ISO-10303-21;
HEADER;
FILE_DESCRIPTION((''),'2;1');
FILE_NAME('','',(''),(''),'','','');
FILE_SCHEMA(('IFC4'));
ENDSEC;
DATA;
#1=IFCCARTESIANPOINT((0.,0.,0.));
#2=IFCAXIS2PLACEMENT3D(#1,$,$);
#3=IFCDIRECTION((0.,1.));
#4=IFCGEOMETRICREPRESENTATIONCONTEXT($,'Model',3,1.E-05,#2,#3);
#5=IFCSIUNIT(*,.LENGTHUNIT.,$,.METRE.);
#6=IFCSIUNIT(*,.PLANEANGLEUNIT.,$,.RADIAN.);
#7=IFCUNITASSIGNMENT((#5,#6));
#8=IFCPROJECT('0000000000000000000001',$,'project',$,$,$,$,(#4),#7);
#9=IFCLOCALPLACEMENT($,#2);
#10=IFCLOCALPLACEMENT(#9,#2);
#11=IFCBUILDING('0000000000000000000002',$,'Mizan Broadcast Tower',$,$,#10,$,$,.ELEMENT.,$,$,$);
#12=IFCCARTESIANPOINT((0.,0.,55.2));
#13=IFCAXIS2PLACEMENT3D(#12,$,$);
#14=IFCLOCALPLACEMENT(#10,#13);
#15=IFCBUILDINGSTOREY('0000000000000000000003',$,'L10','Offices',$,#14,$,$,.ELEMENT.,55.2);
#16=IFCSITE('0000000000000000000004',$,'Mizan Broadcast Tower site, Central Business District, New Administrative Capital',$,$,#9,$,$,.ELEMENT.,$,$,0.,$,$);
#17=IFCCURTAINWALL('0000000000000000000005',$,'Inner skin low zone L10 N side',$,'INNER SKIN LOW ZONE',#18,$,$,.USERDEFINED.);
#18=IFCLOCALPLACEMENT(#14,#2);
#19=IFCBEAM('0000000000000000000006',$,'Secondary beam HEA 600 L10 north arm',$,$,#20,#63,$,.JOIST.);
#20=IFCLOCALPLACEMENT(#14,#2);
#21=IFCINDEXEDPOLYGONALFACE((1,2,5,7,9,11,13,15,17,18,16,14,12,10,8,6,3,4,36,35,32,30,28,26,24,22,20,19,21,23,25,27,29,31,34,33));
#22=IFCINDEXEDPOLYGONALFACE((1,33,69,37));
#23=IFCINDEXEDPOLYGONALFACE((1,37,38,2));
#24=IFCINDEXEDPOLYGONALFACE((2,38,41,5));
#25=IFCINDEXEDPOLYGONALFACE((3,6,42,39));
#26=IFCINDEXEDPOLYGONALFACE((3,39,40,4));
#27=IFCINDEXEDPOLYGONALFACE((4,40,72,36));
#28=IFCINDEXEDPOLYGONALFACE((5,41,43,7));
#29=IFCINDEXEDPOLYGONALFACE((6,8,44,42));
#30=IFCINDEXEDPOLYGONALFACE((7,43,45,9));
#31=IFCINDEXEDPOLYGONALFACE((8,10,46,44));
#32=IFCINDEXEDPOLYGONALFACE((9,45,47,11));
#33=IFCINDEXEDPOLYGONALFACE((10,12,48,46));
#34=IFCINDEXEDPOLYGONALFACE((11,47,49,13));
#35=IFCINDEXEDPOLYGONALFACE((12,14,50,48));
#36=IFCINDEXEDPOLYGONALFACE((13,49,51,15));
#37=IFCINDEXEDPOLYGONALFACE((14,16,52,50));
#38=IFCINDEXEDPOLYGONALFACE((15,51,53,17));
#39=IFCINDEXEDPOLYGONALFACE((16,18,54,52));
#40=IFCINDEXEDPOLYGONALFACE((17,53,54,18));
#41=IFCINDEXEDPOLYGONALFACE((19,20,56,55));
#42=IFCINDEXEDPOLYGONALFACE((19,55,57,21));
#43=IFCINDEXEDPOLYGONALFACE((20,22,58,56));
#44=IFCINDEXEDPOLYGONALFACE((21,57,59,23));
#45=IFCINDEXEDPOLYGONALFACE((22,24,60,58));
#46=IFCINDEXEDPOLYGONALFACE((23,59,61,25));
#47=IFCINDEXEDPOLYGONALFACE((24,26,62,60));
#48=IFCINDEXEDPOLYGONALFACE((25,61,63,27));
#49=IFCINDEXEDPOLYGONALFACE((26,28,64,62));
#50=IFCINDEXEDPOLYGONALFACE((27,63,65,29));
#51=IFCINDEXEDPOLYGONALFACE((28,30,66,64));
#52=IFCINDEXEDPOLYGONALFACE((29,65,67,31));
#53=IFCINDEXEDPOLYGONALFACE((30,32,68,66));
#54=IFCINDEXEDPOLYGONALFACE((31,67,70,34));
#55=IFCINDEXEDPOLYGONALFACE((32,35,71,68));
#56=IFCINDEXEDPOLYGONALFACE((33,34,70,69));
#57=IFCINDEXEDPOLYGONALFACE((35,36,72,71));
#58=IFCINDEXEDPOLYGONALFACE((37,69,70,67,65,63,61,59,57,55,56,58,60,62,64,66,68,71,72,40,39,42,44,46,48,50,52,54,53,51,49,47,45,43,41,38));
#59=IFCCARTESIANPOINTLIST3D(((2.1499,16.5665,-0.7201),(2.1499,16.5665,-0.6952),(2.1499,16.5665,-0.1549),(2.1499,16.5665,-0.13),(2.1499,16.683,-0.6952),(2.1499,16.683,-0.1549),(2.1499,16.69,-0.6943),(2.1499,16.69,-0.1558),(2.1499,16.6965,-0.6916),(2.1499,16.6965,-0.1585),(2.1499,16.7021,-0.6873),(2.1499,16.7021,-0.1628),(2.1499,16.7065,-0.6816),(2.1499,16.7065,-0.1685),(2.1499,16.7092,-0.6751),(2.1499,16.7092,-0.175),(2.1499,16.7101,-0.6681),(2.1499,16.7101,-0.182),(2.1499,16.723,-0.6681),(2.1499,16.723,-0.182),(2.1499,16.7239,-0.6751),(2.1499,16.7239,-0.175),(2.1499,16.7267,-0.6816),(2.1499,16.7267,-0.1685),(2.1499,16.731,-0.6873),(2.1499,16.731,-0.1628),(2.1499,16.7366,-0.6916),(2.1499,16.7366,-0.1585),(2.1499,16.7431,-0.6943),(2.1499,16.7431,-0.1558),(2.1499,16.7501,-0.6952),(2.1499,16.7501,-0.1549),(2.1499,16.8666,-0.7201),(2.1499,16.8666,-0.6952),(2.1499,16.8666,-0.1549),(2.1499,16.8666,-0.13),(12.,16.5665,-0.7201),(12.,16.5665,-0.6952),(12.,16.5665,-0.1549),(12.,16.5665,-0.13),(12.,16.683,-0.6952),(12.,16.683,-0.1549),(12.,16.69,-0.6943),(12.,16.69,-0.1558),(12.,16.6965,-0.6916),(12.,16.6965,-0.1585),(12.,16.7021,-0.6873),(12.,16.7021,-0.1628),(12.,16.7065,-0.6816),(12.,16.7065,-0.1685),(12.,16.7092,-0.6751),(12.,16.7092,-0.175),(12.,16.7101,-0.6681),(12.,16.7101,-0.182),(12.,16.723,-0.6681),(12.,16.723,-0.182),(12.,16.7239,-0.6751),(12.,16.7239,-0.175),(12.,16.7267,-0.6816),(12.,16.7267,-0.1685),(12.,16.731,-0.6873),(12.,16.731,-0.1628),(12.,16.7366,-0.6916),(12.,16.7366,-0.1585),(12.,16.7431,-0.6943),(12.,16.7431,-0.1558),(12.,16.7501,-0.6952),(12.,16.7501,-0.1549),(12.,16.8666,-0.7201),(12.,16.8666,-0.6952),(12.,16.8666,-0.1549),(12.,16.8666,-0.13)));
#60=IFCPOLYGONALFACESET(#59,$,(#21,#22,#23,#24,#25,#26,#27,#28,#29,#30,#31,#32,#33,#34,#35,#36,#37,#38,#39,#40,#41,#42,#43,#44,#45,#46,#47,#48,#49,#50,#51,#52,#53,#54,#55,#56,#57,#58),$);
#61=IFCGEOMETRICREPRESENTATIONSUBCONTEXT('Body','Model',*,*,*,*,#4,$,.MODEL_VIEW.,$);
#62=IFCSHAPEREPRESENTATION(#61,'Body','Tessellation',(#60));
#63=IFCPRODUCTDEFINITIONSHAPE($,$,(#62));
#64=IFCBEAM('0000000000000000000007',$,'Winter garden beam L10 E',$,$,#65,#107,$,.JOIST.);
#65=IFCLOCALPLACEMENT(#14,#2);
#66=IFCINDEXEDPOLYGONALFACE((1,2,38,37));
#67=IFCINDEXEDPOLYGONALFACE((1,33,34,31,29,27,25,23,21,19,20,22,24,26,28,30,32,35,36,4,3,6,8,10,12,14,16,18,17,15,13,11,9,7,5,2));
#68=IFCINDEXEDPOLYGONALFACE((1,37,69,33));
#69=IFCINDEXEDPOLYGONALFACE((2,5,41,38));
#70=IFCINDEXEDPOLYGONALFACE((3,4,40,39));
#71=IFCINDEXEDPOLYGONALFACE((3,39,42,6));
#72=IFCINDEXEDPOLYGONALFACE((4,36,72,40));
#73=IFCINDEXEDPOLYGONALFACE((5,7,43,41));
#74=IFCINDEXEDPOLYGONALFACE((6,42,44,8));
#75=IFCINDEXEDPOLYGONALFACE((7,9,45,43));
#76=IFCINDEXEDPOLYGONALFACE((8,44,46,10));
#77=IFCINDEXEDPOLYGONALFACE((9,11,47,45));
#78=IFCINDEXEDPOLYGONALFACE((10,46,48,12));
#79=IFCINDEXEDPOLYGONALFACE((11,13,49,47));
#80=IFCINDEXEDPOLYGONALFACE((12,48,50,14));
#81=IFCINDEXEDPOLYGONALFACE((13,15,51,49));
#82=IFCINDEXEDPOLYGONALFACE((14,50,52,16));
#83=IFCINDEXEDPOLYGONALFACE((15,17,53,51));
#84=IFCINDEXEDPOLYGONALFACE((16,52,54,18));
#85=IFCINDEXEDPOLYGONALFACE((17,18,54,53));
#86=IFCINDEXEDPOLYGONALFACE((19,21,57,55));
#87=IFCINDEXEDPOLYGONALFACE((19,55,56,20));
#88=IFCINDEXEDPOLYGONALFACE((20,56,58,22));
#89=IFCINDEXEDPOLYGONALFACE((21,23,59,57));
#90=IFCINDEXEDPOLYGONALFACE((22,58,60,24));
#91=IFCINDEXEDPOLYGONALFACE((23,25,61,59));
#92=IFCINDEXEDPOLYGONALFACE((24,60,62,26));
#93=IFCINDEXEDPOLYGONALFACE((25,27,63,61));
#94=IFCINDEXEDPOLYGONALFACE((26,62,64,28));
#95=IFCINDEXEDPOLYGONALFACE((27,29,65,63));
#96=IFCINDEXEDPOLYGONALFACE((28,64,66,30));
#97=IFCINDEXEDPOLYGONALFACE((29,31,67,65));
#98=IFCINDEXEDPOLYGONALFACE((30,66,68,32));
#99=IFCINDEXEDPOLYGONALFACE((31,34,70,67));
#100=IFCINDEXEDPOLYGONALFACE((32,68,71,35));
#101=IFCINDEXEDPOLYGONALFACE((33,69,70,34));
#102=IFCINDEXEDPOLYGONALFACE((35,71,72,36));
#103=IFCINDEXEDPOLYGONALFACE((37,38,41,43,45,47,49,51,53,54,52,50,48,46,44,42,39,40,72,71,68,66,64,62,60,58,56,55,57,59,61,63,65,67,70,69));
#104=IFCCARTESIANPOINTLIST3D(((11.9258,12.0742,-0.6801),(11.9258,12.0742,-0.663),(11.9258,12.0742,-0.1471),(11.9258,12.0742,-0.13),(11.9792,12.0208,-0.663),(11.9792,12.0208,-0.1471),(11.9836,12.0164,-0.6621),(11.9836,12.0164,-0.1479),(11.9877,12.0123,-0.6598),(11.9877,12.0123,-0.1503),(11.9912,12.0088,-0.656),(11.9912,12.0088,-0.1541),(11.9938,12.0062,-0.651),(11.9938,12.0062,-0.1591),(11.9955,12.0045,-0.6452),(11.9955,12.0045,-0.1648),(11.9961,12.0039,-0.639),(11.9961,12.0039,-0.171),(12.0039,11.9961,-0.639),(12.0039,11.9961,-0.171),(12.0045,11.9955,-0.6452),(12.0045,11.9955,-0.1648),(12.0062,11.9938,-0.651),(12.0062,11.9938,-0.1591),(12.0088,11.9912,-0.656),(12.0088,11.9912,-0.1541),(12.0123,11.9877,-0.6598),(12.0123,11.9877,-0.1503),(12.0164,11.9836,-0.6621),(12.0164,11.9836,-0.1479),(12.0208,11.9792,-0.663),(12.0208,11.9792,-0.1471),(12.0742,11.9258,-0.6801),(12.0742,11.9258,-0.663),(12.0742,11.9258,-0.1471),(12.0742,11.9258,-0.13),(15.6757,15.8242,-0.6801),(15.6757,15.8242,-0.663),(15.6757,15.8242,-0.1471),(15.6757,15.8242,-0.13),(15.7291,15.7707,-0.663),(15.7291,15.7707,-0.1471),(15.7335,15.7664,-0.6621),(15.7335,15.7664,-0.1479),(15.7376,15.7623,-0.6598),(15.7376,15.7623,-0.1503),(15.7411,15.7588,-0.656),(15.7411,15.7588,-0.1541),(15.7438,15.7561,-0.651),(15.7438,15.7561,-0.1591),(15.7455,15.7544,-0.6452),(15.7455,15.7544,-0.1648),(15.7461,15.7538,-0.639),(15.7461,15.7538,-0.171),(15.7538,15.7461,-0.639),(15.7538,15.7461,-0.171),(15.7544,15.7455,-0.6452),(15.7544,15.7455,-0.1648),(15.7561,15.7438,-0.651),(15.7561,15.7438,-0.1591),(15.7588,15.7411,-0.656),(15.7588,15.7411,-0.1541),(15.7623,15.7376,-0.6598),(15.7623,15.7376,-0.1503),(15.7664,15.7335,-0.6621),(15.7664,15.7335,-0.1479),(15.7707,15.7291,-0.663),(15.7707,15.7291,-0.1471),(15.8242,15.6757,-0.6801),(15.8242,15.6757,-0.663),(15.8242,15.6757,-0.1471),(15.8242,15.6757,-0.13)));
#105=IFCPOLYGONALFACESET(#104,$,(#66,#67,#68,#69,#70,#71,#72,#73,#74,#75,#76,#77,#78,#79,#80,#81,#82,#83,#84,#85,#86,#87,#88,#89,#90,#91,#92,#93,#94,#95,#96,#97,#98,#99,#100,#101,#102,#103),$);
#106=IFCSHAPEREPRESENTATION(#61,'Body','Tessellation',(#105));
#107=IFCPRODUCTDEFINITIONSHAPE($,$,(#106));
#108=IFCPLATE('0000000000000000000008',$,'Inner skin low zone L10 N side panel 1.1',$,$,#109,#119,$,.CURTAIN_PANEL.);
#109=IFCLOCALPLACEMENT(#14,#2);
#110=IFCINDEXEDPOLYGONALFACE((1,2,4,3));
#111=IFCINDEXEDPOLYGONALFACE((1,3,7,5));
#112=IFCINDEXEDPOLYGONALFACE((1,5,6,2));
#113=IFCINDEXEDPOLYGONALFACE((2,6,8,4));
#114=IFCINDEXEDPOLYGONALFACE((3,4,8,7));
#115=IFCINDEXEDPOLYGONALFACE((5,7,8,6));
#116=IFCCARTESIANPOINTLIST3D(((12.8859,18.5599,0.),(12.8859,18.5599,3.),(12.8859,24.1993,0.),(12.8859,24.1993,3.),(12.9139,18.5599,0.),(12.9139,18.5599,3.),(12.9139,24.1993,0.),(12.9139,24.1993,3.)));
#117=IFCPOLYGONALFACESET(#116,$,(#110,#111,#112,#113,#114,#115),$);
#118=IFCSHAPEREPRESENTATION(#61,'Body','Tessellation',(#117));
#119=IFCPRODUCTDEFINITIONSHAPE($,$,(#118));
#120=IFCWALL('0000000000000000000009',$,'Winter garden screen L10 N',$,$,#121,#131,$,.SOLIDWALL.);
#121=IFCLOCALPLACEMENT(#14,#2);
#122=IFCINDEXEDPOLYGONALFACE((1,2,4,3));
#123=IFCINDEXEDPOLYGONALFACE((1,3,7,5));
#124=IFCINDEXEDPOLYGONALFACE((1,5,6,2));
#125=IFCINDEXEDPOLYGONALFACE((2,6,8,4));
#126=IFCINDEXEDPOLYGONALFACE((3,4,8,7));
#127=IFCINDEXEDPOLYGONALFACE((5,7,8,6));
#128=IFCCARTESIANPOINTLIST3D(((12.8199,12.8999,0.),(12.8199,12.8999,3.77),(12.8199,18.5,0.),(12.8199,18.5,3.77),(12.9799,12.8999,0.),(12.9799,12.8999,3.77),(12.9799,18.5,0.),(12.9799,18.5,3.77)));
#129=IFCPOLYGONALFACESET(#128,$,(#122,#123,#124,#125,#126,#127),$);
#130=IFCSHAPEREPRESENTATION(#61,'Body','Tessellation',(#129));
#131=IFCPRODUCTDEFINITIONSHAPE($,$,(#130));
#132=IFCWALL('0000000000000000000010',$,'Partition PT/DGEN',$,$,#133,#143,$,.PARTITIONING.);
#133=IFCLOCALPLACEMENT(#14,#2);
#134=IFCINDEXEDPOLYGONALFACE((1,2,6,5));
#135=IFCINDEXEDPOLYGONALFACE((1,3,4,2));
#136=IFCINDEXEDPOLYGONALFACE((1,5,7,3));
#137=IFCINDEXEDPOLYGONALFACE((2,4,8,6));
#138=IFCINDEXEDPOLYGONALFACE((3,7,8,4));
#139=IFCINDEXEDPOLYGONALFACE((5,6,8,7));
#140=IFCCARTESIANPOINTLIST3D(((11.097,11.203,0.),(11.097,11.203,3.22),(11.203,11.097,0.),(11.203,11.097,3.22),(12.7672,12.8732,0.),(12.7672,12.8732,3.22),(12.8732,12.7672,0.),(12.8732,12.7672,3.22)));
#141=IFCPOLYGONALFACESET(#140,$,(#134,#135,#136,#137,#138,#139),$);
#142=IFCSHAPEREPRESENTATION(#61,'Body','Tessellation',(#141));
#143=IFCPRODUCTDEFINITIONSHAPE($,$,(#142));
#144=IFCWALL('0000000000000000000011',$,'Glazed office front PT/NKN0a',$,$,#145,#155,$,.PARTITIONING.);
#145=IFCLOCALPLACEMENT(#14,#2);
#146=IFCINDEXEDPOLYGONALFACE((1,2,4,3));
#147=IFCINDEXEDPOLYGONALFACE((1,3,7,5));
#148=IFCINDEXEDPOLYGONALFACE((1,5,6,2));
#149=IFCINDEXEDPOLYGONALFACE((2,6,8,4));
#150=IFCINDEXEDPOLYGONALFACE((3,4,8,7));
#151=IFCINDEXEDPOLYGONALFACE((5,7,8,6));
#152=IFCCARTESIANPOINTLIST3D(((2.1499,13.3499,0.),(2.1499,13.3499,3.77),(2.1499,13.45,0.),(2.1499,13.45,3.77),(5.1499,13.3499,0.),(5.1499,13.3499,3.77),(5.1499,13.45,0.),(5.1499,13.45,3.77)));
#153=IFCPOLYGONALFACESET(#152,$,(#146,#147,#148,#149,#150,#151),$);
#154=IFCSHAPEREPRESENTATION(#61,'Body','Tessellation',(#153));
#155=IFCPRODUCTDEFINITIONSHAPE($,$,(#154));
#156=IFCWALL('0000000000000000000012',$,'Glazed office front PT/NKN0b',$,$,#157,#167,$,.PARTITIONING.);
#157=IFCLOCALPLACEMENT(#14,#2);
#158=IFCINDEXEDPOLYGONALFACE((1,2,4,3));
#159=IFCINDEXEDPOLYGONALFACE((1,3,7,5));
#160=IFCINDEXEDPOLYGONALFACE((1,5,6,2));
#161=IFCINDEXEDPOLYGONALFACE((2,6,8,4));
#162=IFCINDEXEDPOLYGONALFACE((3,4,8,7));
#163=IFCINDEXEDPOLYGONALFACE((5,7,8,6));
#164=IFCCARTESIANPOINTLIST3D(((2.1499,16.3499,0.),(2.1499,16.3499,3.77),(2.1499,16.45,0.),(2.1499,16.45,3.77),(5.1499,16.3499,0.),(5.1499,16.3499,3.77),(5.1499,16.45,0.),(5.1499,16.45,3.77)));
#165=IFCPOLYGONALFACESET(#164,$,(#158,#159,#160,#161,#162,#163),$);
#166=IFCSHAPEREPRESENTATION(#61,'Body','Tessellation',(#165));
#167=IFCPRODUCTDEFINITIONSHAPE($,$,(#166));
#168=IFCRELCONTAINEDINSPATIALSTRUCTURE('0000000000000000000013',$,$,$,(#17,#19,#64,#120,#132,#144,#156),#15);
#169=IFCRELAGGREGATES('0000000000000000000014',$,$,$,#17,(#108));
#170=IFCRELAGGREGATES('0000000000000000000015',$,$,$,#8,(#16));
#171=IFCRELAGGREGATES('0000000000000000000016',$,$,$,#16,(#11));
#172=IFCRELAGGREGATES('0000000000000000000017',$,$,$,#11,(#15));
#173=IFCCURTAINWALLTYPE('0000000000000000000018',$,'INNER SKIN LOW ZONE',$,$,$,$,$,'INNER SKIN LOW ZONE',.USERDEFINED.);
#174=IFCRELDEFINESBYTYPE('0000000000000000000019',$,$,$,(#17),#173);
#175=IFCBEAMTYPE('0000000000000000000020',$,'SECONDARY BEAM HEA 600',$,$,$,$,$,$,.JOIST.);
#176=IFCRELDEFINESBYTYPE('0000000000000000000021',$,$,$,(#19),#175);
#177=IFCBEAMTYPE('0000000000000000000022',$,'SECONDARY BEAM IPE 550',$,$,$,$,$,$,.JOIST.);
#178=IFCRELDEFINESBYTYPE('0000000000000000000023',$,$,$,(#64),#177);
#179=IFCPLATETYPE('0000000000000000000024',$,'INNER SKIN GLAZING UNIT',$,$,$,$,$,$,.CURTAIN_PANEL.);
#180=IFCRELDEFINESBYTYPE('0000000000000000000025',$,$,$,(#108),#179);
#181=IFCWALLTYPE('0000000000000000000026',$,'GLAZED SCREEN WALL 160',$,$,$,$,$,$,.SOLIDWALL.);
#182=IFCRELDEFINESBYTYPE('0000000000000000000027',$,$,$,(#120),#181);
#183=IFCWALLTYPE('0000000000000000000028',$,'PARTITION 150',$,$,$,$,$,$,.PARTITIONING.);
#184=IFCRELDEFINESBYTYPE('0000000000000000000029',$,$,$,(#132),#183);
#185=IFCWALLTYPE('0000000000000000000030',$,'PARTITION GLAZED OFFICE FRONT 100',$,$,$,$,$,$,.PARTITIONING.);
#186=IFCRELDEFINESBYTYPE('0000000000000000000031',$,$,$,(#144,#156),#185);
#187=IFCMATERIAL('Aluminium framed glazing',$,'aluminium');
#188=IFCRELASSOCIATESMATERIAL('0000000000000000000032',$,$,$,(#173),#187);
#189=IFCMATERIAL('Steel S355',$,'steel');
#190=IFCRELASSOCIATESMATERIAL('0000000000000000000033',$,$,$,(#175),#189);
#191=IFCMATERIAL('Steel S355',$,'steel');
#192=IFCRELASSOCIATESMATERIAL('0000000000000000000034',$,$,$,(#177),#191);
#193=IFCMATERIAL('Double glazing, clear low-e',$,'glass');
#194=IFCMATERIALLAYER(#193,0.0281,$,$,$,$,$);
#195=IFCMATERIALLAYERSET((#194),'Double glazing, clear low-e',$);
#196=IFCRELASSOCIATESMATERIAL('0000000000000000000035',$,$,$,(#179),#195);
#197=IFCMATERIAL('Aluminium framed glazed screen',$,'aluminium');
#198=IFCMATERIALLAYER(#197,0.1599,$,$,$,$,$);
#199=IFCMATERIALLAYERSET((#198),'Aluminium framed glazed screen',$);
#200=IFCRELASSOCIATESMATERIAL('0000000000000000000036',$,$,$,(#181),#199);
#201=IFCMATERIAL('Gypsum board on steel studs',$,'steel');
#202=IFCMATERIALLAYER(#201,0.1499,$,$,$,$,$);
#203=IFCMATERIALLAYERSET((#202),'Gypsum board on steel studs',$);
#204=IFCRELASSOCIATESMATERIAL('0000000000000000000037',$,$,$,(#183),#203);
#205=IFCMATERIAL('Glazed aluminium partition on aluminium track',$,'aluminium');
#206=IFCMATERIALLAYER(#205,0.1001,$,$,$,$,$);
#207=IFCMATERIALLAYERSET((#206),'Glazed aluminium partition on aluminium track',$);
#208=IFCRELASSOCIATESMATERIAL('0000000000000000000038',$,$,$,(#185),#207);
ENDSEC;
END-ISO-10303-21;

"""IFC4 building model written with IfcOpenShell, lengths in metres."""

from ifc_helpers import new_model, si_unit, direction, frame, frame_2d, origin, origin_2d, place, context, subcontext, project, spatial, rectangle, i_section, extrude, material, layer, layer_set, material_profile, profile_set, type_object, element, aggregate, save


model = new_model("IFC4")

# Units and contexts
model_context = context("Model", 3, precision=1e-05, world=origin(), true_north=direction((0.0, 1.0)))
body_context = subcontext(model_context, "Body", "Model", "MODEL_VIEW")
ifc_project = project(units=[si_unit("LENGTHUNIT", "METRE"), si_unit("PLANEANGLEUNIT", "RADIAN")], contexts=[model_context])

# Site, building, storey
site_placement = place(None, origin())
site = spatial("IfcSite", under=ifc_project, at=site_placement, Name="Mizan Broadcast Tower site, Central Business District, New Administrative Capital", CompositionType="ELEMENT", RefElevation=0.0)
building_placement = place(site_placement, origin())
building = spatial("IfcBuilding", under=site, at=building_placement, Name="Mizan Broadcast Tower", CompositionType="ELEMENT")
storey_placement = place(building_placement, frame((0.0, 0.0, 55.2)))
storey = spatial("IfcBuildingStorey", under=building, at=storey_placement, Name="L10", Description="Offices", CompositionType="ELEMENT", Elevation=55.2)

# Curtain wall
ifc_material_1 = material(Name="Aluminium framed glazing", Category="aluminium")
curtain_wall_type_1 = type_object("IfcCurtainWallType", Name="INNER SKIN LOW ZONE", ElementType="INNER SKIN LOW ZONE", PredefinedType="USERDEFINED", material=ifc_material_1)
curtain_wall_1_placement = place(storey_placement, origin())
curtain_wall_1 = element("IfcCurtainWall", 1, at=curtain_wall_1_placement, inside=storey, type_object=curtain_wall_type_1, Name="Inner skin low zone L10 N side", ObjectType="INNER SKIN LOW ZONE", PredefinedType="USERDEFINED")

# Beams
ifc_material_2 = material(Name="Steel S355", Category="steel")
ifc_material_profile_1 = material_profile(ifc_material_2, i_section(OverallWidth=0.3, OverallDepth=0.5901, WebThickness=0.0129, FlangeThickness=0.0249, FilletRadius=0.0271, at=origin_2d()), Name="HEA 600")
ifc_profile_set_1 = profile_set([ifc_material_profile_1], Name="Steel S355")
beam_type_1 = type_object("IfcBeamType", Name="SECONDARY BEAM HEA 600", PredefinedType="JOIST", material=ifc_profile_set_1)
for number, where, z_axis, x_axis, name in (
    (2, (12.0, 16.7166, -0.425), (-1.0, 0.0, 0.0), (0.0, -1.0, 0.0), "Secondary beam HEA 600 L10 north arm"),
):
    element("IfcBeam", number, at=place(storey_placement, frame(where, z_axis=z_axis, x_axis=x_axis)), inside=storey, type_object=beam_type_1, Name=name, PredefinedType="JOIST", context=body_context, shape_type="SweptSolid", body=[
        extrude(i_section(OverallWidth=0.3, OverallDepth=0.5901, WebThickness=0.0129, FlangeThickness=0.0249, FilletRadius=0.0271, at=origin_2d()), origin(), (0.0, 0.0, 1.0), 9.8501),
    ])
ifc_material_3 = material(Name="Steel S355", Category="steel")
ifc_material_profile_2 = material_profile(ifc_material_3, i_section(OverallWidth=0.21, OverallDepth=0.55, WebThickness=0.011, FlangeThickness=0.0171, FilletRadius=0.0239, at=origin_2d()), Name="IPE 550")
ifc_profile_set_2 = profile_set([ifc_material_profile_2], Name="Steel S355")
beam_type_2 = type_object("IfcBeamType", Name="SECONDARY BEAM IPE 550", PredefinedType="JOIST", material=ifc_profile_set_2)
beam_1_placement = place(storey_placement, frame((12.0, 12.0, -0.405), z_axis=(0.707107, 0.707107, 0.0), x_axis=(-0.707107, 0.707107, 0.0)))
element("IfcBeam", 3, at=beam_1_placement, inside=storey, type_object=beam_type_2, Name="Winter garden beam L10 E", PredefinedType="JOIST", context=body_context, shape_type="SweptSolid", body=[
    extrude(i_section(OverallWidth=0.21, OverallDepth=0.55, WebThickness=0.011, FlangeThickness=0.0171, FilletRadius=0.0239, at=origin_2d()), origin(), (0.0, 0.0, 1.0), 5.3032),
])

# Plate
ifc_material_4 = material(Name="Double glazing, clear low-e", Category="glass")
ifc_layer_1 = layer(ifc_material_4, 0.0281)
ifc_layer_set_1 = layer_set([ifc_layer_1], Name="Double glazing, clear low-e")
plate_type = type_object("IfcPlateType", Name="INNER SKIN GLAZING UNIT", PredefinedType="CURTAIN_PANEL", material=ifc_layer_set_1)
plate_placement = place(storey_placement, frame((12.8999, 21.3796, 0.0), z_axis=(0.0, 0.0, 1.0), x_axis=(0.0, 1.0, 0.0)))
plate = element("IfcPlate", 4, at=plate_placement, type_object=plate_type, Name="Inner skin low zone L10 N side panel 1.1", PredefinedType="CURTAIN_PANEL", context=body_context, shape_type="SweptSolid", body=[
    extrude(rectangle(XDim=5.6394, YDim=0.0281, at=origin_2d()), origin(), (0.0, 0.0, 1.0), 3.0),
])
aggregate(curtain_wall_1, [plate])

# Walls
ifc_material_5 = material(Name="Aluminium framed glazed screen", Category="aluminium")
ifc_layer_2 = layer(ifc_material_5, 0.1599)
ifc_layer_set_2 = layer_set([ifc_layer_2], Name="Aluminium framed glazed screen")
wall_type_1 = type_object("IfcWallType", Name="GLAZED SCREEN WALL 160", PredefinedType="SOLIDWALL", material=ifc_layer_set_2)
wall_1_placement = place(storey_placement, frame((12.8999, 12.8999, 0.0), z_axis=(0.0, 0.0, 1.0), x_axis=(0.0, 1.0, 0.0)))
element("IfcWall", 5, at=wall_1_placement, inside=storey, type_object=wall_type_1, Name="Winter garden screen L10 N", PredefinedType="SOLIDWALL", context=body_context, shape_type="SweptSolid", body=[
    extrude(rectangle(XDim=5.6001, YDim=0.1599, at=frame_2d((2.8, 0.0))), origin(), (0.0, 0.0, 1.0), 3.77),
])
ifc_material_6 = material(Name="Gypsum board on steel studs", Category="steel")
ifc_layer_3 = layer(ifc_material_6, 0.1499)
ifc_layer_set_3 = layer_set([ifc_layer_3], Name="Gypsum board on steel studs")
wall_type_2 = type_object("IfcWallType", Name="PARTITION 150", PredefinedType="PARTITIONING", material=ifc_layer_set_3)
wall_2_placement = place(storey_placement, frame((11.1499, 11.1499, 0.0), z_axis=(0.0, 0.0, 1.0), x_axis=(0.707107, 0.707107, 0.0)))
element("IfcWall", 6, at=wall_2_placement, inside=storey, type_object=wall_type_2, Name="Partition PT/DGEN", PredefinedType="PARTITIONING", context=body_context, shape_type="SweptSolid", body=[
    extrude(rectangle(XDim=2.3621, YDim=0.1499, at=frame_2d((1.1812, 0.0))), origin(), (0.0, 0.0, 1.0), 3.22),
])
ifc_material_7 = material(Name="Glazed aluminium partition on aluminium track", Category="aluminium")
ifc_layer_4 = layer(ifc_material_7, 0.1001)
ifc_layer_set_4 = layer_set([ifc_layer_4], Name="Glazed aluminium partition on aluminium track")
wall_type_3 = type_object("IfcWallType", Name="PARTITION GLAZED OFFICE FRONT 100", PredefinedType="PARTITIONING", material=ifc_layer_set_4)
for number, where, z_axis, x_axis, name in (
    (7, (2.1499, 13.3999, 0.0), (0.0, 0.0, 1.0), (1.0, 0.0, 0.0), "Glazed office front PT/NKN0a"),
    (8, (2.1499, 16.3999, 0.0), (0.0, 0.0, 1.0), (1.0, 0.0, 0.0), "Glazed office front PT/NKN0b"),
):
    element("IfcWall", number, at=place(storey_placement, frame(where, z_axis=z_axis, x_axis=x_axis)), inside=storey, type_object=wall_type_3, Name=name, PredefinedType="PARTITIONING", context=body_context, shape_type="SweptSolid", body=[
        extrude(rectangle(XDim=3.0, YDim=0.1001, at=frame_2d((1.5, 0.0))), origin(), (0.0, 0.0, 1.0), 3.77),
    ])

save(model, "model.ifc")
